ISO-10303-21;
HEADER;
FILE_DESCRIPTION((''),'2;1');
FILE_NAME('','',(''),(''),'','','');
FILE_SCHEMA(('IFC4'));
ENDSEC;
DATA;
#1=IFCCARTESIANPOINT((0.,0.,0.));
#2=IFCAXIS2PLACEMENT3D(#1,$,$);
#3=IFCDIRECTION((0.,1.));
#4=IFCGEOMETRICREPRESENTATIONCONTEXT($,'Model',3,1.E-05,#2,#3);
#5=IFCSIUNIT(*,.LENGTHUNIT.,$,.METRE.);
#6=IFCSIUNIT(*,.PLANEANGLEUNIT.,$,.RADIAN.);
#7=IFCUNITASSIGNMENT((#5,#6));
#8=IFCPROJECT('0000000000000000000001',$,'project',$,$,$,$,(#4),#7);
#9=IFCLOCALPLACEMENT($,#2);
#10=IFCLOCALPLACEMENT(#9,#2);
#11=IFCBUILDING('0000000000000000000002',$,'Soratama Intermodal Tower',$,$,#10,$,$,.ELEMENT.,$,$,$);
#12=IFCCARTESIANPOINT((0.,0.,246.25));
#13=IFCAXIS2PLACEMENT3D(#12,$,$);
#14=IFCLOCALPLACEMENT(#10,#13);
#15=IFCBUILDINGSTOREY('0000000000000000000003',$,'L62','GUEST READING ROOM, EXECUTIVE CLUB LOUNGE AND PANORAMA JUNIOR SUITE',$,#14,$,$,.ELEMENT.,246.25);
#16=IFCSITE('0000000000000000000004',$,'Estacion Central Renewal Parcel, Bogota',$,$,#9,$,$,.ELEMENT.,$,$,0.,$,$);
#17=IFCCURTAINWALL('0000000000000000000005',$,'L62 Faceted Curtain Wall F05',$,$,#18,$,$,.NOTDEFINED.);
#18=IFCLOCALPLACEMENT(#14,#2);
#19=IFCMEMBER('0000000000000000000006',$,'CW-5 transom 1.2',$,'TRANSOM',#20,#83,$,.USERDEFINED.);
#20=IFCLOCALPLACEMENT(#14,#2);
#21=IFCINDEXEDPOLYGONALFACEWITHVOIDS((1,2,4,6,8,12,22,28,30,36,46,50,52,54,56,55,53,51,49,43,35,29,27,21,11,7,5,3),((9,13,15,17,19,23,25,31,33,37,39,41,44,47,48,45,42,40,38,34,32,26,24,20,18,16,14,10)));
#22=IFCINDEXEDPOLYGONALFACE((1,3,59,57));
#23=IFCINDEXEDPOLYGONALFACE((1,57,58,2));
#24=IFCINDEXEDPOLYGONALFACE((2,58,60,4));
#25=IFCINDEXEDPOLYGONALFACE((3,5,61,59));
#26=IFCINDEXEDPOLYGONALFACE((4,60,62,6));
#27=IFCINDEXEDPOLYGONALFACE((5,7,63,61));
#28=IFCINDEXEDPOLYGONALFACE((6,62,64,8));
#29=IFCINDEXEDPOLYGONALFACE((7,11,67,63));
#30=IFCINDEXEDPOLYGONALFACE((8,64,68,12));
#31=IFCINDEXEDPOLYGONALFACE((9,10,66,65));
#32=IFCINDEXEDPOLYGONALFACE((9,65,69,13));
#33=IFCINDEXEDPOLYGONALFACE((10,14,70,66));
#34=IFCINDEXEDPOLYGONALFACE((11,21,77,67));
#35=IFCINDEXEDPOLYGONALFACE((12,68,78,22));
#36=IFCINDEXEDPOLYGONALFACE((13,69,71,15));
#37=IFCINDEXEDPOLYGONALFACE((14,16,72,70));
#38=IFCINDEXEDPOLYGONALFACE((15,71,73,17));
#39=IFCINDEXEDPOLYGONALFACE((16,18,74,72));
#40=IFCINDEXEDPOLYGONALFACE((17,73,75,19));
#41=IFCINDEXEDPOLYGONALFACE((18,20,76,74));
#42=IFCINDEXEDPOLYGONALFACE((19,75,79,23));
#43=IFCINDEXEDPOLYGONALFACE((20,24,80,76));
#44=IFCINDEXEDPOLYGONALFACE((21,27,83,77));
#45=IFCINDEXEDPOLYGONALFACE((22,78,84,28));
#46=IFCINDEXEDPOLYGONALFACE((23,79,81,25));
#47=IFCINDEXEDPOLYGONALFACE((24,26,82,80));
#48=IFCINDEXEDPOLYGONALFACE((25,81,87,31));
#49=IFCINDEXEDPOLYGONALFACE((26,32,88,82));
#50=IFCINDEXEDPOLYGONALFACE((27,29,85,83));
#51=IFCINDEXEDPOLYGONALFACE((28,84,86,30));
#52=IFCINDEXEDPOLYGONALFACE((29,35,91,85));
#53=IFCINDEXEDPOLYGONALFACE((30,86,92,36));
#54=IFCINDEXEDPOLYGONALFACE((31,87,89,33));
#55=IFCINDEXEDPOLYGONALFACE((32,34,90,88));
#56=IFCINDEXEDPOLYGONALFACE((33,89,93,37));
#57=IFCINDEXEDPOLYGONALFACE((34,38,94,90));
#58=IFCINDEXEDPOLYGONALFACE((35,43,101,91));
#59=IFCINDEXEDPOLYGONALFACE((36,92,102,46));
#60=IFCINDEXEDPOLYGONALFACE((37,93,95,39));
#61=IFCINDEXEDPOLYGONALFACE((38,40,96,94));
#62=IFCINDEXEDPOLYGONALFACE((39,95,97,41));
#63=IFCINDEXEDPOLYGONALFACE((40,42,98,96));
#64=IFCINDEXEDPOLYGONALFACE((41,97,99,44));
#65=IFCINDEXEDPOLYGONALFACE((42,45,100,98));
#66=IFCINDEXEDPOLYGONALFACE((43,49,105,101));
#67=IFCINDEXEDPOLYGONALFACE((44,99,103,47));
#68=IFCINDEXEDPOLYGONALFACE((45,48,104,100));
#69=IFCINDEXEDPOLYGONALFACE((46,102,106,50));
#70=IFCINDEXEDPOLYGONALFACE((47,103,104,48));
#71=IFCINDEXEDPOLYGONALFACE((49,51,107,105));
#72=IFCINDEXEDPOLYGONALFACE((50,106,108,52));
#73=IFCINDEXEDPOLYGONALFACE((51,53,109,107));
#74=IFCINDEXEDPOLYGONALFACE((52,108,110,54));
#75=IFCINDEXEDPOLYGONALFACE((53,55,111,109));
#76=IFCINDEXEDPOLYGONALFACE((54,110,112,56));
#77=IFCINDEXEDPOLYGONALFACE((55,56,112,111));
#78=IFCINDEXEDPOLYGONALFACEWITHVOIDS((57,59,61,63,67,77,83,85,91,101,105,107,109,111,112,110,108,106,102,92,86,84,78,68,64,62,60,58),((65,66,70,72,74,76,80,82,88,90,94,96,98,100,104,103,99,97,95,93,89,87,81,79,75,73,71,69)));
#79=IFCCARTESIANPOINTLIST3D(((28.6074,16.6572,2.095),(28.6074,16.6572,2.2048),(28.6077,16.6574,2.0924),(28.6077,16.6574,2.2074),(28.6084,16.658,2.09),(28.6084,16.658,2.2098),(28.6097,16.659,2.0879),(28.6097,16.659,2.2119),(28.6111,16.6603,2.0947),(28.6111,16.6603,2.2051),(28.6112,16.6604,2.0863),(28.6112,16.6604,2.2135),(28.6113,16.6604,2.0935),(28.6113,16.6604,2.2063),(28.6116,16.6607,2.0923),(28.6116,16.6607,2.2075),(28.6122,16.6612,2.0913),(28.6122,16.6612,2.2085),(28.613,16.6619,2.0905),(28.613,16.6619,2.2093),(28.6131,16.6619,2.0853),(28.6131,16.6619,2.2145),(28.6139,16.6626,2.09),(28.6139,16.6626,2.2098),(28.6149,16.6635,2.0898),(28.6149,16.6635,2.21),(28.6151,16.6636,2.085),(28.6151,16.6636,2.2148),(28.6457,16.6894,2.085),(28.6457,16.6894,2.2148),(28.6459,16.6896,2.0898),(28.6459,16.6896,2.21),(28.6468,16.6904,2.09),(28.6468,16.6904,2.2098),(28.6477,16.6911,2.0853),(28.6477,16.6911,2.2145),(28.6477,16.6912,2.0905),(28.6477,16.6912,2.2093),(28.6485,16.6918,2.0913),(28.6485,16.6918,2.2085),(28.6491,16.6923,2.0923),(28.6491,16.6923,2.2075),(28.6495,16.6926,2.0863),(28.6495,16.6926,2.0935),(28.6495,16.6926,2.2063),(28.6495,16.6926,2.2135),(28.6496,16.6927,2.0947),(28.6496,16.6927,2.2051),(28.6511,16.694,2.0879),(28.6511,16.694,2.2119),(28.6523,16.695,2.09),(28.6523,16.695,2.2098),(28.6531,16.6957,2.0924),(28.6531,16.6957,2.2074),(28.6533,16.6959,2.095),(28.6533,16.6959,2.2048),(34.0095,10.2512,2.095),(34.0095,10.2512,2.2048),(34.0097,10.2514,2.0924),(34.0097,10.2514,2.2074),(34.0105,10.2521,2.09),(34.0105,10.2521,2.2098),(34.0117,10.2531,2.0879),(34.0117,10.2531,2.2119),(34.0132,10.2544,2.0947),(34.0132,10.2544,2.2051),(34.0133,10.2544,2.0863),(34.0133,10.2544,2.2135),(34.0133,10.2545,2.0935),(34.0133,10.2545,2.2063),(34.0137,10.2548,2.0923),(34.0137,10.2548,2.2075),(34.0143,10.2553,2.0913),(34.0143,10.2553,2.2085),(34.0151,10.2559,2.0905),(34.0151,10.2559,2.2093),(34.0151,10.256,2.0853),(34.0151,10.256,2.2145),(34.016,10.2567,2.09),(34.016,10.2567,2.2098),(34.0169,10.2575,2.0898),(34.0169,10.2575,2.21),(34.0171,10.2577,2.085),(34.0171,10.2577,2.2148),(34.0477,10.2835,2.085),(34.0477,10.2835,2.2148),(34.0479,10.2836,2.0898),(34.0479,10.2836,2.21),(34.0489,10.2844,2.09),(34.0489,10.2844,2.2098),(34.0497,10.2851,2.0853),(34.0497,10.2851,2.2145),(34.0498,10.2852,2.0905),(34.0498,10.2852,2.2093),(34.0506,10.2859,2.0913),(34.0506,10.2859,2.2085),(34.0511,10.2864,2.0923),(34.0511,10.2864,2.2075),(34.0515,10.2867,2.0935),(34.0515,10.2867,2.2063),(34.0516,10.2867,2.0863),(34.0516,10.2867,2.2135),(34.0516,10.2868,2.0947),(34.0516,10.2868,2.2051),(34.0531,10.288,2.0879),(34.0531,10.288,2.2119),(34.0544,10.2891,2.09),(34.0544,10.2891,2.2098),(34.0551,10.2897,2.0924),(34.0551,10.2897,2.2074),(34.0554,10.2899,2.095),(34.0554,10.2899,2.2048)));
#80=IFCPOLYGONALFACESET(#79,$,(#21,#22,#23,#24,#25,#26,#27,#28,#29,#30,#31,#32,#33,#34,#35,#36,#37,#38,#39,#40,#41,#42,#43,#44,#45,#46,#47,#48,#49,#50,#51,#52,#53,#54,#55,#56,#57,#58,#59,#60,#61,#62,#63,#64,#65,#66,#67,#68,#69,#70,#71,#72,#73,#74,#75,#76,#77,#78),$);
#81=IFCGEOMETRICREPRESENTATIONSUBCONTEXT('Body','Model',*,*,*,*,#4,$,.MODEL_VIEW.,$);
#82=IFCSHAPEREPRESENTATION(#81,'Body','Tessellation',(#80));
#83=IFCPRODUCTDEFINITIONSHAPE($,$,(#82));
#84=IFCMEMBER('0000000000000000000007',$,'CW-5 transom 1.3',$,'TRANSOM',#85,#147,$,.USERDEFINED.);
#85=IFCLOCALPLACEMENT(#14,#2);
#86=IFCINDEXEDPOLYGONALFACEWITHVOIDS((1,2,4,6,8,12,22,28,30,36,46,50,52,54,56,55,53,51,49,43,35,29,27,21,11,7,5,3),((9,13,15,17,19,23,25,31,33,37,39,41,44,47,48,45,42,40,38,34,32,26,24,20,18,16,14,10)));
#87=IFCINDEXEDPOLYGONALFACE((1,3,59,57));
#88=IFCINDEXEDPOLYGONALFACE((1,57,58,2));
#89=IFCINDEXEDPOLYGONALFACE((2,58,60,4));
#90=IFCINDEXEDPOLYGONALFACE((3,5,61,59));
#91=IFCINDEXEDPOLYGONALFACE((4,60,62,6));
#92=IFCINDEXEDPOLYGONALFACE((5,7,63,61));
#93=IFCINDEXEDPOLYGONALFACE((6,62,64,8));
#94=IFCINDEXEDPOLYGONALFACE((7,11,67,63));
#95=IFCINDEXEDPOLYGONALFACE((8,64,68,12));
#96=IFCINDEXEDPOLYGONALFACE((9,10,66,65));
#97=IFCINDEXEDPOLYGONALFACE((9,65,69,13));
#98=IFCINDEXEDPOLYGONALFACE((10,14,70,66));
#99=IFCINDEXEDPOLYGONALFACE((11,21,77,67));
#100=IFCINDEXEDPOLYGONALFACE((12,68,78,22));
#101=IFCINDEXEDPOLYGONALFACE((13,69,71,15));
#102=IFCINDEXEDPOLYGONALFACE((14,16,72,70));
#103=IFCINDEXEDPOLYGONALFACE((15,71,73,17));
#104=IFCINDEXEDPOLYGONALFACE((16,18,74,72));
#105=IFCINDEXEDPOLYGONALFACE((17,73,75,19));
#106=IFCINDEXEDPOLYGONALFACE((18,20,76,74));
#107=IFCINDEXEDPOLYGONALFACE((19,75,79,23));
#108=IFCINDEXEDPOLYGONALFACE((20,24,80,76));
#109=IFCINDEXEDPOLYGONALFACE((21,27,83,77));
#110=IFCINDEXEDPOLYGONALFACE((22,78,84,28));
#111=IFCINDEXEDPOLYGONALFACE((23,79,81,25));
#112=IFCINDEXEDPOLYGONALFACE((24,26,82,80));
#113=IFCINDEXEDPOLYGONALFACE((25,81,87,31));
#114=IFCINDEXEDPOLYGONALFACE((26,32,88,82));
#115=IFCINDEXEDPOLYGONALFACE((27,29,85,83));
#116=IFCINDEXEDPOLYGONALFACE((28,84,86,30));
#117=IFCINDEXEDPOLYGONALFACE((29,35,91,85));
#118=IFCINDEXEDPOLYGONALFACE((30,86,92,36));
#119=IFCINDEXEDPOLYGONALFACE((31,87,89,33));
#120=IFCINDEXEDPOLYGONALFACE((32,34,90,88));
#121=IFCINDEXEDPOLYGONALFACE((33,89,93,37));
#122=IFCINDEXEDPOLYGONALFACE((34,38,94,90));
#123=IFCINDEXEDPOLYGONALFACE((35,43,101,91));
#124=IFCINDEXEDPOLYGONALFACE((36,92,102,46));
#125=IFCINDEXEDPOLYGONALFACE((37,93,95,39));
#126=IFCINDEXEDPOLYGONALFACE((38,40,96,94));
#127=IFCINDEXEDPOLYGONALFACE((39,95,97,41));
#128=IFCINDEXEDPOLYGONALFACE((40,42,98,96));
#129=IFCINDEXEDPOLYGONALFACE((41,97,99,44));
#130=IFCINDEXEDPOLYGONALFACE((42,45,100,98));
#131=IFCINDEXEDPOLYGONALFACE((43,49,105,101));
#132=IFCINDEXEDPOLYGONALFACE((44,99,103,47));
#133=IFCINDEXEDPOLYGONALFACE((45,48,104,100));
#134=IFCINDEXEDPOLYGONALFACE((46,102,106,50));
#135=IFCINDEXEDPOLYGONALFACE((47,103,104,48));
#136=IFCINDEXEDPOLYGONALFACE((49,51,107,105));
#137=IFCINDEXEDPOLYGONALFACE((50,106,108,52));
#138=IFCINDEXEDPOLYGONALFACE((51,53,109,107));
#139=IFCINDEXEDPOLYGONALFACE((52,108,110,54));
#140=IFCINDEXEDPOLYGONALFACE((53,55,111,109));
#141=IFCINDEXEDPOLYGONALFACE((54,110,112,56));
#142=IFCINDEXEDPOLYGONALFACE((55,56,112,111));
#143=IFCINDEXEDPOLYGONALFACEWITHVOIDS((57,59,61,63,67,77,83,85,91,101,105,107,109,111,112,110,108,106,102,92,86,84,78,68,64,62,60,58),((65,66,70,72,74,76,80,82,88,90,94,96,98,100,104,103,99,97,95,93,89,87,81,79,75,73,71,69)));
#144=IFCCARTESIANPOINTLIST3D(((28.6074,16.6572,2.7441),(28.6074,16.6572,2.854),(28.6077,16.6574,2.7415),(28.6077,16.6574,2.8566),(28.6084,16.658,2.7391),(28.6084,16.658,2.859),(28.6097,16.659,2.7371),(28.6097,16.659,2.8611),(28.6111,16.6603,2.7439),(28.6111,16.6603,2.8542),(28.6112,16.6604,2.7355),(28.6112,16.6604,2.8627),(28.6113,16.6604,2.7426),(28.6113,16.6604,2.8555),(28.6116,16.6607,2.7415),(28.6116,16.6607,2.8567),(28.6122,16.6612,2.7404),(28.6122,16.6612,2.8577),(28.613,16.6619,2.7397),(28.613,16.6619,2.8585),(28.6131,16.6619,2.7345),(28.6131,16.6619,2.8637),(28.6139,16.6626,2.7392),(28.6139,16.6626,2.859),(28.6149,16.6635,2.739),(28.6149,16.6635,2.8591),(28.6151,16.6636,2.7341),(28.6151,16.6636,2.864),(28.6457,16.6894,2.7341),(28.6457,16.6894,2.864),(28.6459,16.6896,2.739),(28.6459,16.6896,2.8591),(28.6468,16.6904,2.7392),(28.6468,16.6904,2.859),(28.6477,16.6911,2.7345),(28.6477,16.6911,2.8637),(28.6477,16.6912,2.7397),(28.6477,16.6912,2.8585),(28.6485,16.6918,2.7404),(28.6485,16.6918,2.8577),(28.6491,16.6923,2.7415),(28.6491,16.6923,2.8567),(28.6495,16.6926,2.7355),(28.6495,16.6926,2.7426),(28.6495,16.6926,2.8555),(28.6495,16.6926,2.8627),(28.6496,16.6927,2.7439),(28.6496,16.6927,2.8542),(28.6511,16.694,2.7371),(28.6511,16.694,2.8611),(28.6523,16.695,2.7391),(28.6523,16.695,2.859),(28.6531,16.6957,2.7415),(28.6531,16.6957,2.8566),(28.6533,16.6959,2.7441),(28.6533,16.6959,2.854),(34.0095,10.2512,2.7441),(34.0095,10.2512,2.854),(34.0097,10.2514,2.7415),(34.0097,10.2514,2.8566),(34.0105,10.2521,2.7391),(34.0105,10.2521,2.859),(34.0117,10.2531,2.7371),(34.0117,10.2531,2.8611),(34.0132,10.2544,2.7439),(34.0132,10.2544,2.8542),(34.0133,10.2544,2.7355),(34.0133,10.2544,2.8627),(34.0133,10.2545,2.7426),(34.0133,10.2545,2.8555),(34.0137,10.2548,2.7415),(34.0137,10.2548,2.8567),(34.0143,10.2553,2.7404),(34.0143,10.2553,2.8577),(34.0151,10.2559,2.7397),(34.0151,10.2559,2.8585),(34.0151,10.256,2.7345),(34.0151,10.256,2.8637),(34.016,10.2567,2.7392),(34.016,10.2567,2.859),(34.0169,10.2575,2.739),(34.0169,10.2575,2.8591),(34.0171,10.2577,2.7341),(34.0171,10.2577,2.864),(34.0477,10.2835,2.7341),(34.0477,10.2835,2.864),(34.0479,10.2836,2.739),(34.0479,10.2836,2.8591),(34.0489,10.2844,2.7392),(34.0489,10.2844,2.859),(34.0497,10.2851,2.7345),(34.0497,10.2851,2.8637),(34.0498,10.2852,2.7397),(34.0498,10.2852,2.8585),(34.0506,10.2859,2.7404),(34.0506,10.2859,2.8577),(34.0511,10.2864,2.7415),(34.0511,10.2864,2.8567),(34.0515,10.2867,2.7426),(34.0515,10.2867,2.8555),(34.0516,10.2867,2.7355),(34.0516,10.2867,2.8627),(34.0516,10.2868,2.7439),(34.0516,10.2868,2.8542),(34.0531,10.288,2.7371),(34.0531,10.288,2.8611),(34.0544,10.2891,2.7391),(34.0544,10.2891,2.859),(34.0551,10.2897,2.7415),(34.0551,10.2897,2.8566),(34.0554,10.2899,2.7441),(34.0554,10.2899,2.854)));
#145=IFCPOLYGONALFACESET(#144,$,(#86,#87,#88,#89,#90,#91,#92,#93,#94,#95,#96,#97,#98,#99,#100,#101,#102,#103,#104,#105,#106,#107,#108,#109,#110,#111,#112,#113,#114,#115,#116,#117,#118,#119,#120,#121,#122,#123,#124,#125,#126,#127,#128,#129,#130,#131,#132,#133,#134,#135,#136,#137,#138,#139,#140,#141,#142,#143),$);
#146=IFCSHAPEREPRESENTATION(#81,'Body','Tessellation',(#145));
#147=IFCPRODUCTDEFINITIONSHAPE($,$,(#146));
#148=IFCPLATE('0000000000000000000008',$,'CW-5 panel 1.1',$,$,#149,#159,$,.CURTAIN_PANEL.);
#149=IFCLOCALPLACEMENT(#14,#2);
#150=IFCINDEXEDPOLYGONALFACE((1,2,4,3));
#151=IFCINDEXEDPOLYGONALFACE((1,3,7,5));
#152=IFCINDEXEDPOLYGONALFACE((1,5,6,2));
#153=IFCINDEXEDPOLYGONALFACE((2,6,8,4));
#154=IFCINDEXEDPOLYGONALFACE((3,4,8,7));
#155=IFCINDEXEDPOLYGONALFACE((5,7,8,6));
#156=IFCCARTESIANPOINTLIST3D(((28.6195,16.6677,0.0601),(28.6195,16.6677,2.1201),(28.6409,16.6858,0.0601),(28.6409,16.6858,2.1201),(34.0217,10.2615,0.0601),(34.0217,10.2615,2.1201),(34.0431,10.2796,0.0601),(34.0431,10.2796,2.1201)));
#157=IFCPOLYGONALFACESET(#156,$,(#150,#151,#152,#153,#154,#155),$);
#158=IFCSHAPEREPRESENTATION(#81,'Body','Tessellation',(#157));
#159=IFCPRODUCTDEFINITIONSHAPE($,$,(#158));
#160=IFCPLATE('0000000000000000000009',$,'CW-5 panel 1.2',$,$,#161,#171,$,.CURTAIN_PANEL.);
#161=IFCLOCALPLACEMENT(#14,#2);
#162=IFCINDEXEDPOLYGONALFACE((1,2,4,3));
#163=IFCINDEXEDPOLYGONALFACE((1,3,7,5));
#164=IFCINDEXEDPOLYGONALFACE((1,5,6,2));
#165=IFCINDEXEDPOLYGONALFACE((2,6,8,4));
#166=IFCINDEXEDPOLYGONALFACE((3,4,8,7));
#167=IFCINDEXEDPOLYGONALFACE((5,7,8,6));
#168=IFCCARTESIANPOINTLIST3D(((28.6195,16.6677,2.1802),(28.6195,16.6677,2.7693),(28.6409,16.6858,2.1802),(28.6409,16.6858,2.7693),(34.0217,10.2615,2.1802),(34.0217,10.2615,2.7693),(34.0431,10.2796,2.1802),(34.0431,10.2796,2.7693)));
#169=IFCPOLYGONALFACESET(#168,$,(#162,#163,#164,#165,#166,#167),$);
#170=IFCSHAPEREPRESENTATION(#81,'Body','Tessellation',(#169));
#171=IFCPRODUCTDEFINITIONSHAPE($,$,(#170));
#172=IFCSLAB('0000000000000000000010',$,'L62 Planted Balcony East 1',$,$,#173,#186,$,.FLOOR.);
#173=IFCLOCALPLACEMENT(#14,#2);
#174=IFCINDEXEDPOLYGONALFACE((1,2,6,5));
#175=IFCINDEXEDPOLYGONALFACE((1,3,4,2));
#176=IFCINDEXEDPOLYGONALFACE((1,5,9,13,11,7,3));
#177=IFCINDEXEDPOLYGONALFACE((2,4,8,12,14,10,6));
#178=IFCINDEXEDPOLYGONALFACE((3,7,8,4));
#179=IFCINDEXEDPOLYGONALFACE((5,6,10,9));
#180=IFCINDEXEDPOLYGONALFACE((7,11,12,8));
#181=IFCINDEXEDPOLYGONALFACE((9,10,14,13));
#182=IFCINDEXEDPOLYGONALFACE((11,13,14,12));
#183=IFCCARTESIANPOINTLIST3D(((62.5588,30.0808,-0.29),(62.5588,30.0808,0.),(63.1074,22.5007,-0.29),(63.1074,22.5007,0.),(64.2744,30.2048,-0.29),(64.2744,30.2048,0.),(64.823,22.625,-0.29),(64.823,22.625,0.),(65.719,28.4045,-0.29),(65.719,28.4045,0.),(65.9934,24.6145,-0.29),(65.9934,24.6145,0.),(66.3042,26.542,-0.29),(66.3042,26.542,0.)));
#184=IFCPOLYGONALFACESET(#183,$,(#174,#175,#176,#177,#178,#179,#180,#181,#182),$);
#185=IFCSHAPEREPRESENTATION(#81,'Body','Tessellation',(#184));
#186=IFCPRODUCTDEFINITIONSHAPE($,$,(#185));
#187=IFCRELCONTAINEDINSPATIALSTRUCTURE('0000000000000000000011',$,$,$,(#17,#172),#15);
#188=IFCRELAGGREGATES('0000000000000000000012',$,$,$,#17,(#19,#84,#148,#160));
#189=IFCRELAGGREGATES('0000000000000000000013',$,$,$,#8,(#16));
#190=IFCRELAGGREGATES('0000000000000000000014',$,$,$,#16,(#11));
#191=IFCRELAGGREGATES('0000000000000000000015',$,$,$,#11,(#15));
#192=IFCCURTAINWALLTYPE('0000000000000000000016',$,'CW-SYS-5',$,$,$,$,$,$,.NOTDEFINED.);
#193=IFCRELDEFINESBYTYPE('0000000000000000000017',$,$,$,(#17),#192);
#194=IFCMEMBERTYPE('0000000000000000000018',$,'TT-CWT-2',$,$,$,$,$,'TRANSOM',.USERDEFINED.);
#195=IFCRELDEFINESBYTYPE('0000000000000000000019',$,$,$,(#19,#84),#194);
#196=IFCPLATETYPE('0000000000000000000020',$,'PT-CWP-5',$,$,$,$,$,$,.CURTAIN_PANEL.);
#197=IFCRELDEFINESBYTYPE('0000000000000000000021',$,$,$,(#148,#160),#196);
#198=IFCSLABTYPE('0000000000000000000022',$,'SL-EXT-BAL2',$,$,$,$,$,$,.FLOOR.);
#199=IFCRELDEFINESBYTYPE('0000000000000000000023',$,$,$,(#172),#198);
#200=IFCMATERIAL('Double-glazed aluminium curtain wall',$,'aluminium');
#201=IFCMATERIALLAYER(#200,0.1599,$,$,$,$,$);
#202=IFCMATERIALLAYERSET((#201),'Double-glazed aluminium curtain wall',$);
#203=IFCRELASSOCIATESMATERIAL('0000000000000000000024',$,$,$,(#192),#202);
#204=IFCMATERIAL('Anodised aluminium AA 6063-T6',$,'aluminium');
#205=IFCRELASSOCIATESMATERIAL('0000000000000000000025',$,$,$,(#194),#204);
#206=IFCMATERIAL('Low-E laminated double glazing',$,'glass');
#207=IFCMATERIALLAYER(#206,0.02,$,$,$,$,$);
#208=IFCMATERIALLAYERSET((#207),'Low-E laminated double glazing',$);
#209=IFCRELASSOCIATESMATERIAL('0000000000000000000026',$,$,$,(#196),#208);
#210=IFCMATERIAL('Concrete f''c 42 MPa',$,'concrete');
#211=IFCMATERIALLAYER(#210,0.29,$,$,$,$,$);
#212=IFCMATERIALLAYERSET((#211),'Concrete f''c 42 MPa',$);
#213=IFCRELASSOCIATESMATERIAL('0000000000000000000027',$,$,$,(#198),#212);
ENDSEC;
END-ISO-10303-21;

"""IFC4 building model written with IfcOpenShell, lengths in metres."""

from ifc_helpers import new_model, si_unit, direction, frame, origin, origin_2d, place, context, subcontext, project, spatial, polyline, rectangle, hollow_rectangle, outline, extrude, material, layer, layer_set, material_profile, profile_set, type_object, element, aggregate, save


model = new_model("IFC4")

# Units and contexts
model_context = context("Model", 3, precision=1e-05, world=origin(), true_north=direction((0.0, 1.0)))
body_context = subcontext(model_context, "Body", "Model", "MODEL_VIEW")
ifc_project = project(units=[si_unit("LENGTHUNIT", "METRE"), si_unit("PLANEANGLEUNIT", "RADIAN")], contexts=[model_context])

# Site, building, storey
site_placement = place(None, origin())
site = spatial("IfcSite", under=ifc_project, at=site_placement, Name="Estacion Central Renewal Parcel, Bogota", CompositionType="ELEMENT", RefElevation=0.0)
building_placement = place(site_placement, origin())
building = spatial("IfcBuilding", under=site, at=building_placement, Name="Soratama Intermodal Tower", CompositionType="ELEMENT")
storey_placement = place(building_placement, frame((0.0, 0.0, 246.25)))
storey = spatial("IfcBuildingStorey", under=building, at=storey_placement, Name="L62", Description="GUEST READING ROOM, EXECUTIVE CLUB LOUNGE AND PANORAMA JUNIOR SUITE", CompositionType="ELEMENT", Elevation=246.25)

# Curtain wall, members, plates
ifc_material_1 = material(Name="Double-glazed aluminium curtain wall", Category="aluminium")
ifc_layer_1 = layer(ifc_material_1, 0.1599)
ifc_layer_set_1 = layer_set([ifc_layer_1], Name="Double-glazed aluminium curtain wall")
curtain_wall_type = type_object("IfcCurtainWallType", Name="CW-SYS-5", PredefinedType="NOTDEFINED", material=ifc_layer_set_1)
curtain_wall_placement = place(storey_placement, origin())
curtain_wall = element("IfcCurtainWall", 1, at=curtain_wall_placement, inside=storey, type_object=curtain_wall_type, Name="L62 Faceted Curtain Wall F05", PredefinedType="NOTDEFINED")
ifc_material_2 = material(Name="Anodised aluminium AA 6063-T6", Category="aluminium")
ifc_material_profile_1 = material_profile(ifc_material_2, hollow_rectangle(XDim=0.0601, YDim=0.1299, WallThickness=0.0049, InnerFilletRadius=0.0049, OuterFilletRadius=0.01, at=origin_2d()), Name="CWT130X60X5")
ifc_profile_set_1 = profile_set([ifc_material_profile_1], Name="Anodised aluminium AA 6063-T6")
member_type_1 = type_object("IfcMemberType", Name="TT-CWT-2", ElementType="TRANSOM", PredefinedType="USERDEFINED", material=ifc_profile_set_1)
member_1_placement = place(storey_placement, frame((28.6304, 16.6765, 2.1499), z_axis=(0.644664, -0.764466, 0.0), x_axis=(0.764466, 0.644664, 0.0)))
member_1 = element("IfcMember", 2, at=member_1_placement, type_object=member_type_1, Name="CW-5 transom 1.2", ObjectType="TRANSOM", PredefinedType="USERDEFINED", context=body_context, shape_type="SweptSolid", body=[
    extrude(hollow_rectangle(XDim=0.0601, YDim=0.1299, WallThickness=0.0049, InnerFilletRadius=0.0049, OuterFilletRadius=0.01, at=origin_2d()), origin(), (0.0, 0.0, 1.0), 8.3796),
])
member_2_placement = place(storey_placement, frame((28.6304, 16.6765, 2.7991), z_axis=(0.644664, -0.764466, 0.0), x_axis=(0.764466, 0.644664, 0.0)))
member_2 = element("IfcMember", 3, at=member_2_placement, type_object=member_type_1, Name="CW-5 transom 1.3", ObjectType="TRANSOM", PredefinedType="USERDEFINED", context=body_context, shape_type="SweptSolid", body=[
    extrude(hollow_rectangle(XDim=0.0601, YDim=0.1299, WallThickness=0.0049, InnerFilletRadius=0.0049, OuterFilletRadius=0.01, at=origin_2d()), origin(), (0.0, 0.0, 1.0), 8.3796),
])
ifc_material_3 = material(Name="Low-E laminated double glazing", Category="glass")
ifc_layer_2 = layer(ifc_material_3, 0.02)
ifc_layer_set_2 = layer_set([ifc_layer_2], Name="Low-E laminated double glazing")
plate_type = type_object("IfcPlateType", Name="PT-CWP-5", PredefinedType="CURTAIN_PANEL", material=ifc_layer_set_2)
plate_1_placement = place(storey_placement, frame((31.3313, 13.4736, 0.0601), z_axis=(0.0, 0.0, 1.0), x_axis=(0.644663, -0.764467, 0.0)))
plate_1 = element("IfcPlate", 4, at=plate_1_placement, type_object=plate_type, Name="CW-5 panel 1.1", PredefinedType="CURTAIN_PANEL", context=body_context, shape_type="SweptSolid", body=[
    extrude(rectangle(XDim=8.3799, YDim=0.0281, at=origin_2d()), origin(), (0.0, 0.0, 1.0), 2.0601),
])
plate_2_placement = place(storey_placement, frame((31.3313, 13.4736, 2.1802), z_axis=(0.0, 0.0, 1.0), x_axis=(0.644663, -0.764467, 0.0)))
plate_2 = element("IfcPlate", 5, at=plate_2_placement, type_object=plate_type, Name="CW-5 panel 1.2", PredefinedType="CURTAIN_PANEL", context=body_context, shape_type="SweptSolid", body=[
    extrude(rectangle(XDim=8.3799, YDim=0.0281, at=origin_2d()), origin(), (0.0, 0.0, 1.0), 0.5891),
])
aggregate(curtain_wall, [member_1, member_2, plate_1, plate_2])

# Slab
ifc_material_4 = material(Name="Concrete f'c 42 MPa", Category="concrete")
ifc_layer_3 = layer(ifc_material_4, 0.29)
ifc_layer_set_3 = layer_set([ifc_layer_3], Name="Concrete f'c 42 MPa")
slab_type_1 = type_object("IfcSlabType", Name="SL-EXT-BAL2", PredefinedType="FLOOR", material=ifc_layer_set_3)
slab_1_placement = place(storey_placement, frame((0.0, 0.0, -0.29)))
element("IfcSlab", 6, at=slab_1_placement, inside=storey, type_object=slab_type_1, Name="L62 Planted Balcony East 1", PredefinedType="FLOOR", context=body_context, shape_type="SweptSolid", body=[
    extrude(outline(polyline([(63.1074, 22.5007), (62.5588, 30.0808), (64.2744, 30.2048), (65.719, 28.4045), (66.3042, 26.542), (65.9934, 24.6145), (64.823, 22.625), (63.1074, 22.5007)])), origin(), (0.0, 0.0, 1.0), 0.29),
])

save(model, "model.ifc")
